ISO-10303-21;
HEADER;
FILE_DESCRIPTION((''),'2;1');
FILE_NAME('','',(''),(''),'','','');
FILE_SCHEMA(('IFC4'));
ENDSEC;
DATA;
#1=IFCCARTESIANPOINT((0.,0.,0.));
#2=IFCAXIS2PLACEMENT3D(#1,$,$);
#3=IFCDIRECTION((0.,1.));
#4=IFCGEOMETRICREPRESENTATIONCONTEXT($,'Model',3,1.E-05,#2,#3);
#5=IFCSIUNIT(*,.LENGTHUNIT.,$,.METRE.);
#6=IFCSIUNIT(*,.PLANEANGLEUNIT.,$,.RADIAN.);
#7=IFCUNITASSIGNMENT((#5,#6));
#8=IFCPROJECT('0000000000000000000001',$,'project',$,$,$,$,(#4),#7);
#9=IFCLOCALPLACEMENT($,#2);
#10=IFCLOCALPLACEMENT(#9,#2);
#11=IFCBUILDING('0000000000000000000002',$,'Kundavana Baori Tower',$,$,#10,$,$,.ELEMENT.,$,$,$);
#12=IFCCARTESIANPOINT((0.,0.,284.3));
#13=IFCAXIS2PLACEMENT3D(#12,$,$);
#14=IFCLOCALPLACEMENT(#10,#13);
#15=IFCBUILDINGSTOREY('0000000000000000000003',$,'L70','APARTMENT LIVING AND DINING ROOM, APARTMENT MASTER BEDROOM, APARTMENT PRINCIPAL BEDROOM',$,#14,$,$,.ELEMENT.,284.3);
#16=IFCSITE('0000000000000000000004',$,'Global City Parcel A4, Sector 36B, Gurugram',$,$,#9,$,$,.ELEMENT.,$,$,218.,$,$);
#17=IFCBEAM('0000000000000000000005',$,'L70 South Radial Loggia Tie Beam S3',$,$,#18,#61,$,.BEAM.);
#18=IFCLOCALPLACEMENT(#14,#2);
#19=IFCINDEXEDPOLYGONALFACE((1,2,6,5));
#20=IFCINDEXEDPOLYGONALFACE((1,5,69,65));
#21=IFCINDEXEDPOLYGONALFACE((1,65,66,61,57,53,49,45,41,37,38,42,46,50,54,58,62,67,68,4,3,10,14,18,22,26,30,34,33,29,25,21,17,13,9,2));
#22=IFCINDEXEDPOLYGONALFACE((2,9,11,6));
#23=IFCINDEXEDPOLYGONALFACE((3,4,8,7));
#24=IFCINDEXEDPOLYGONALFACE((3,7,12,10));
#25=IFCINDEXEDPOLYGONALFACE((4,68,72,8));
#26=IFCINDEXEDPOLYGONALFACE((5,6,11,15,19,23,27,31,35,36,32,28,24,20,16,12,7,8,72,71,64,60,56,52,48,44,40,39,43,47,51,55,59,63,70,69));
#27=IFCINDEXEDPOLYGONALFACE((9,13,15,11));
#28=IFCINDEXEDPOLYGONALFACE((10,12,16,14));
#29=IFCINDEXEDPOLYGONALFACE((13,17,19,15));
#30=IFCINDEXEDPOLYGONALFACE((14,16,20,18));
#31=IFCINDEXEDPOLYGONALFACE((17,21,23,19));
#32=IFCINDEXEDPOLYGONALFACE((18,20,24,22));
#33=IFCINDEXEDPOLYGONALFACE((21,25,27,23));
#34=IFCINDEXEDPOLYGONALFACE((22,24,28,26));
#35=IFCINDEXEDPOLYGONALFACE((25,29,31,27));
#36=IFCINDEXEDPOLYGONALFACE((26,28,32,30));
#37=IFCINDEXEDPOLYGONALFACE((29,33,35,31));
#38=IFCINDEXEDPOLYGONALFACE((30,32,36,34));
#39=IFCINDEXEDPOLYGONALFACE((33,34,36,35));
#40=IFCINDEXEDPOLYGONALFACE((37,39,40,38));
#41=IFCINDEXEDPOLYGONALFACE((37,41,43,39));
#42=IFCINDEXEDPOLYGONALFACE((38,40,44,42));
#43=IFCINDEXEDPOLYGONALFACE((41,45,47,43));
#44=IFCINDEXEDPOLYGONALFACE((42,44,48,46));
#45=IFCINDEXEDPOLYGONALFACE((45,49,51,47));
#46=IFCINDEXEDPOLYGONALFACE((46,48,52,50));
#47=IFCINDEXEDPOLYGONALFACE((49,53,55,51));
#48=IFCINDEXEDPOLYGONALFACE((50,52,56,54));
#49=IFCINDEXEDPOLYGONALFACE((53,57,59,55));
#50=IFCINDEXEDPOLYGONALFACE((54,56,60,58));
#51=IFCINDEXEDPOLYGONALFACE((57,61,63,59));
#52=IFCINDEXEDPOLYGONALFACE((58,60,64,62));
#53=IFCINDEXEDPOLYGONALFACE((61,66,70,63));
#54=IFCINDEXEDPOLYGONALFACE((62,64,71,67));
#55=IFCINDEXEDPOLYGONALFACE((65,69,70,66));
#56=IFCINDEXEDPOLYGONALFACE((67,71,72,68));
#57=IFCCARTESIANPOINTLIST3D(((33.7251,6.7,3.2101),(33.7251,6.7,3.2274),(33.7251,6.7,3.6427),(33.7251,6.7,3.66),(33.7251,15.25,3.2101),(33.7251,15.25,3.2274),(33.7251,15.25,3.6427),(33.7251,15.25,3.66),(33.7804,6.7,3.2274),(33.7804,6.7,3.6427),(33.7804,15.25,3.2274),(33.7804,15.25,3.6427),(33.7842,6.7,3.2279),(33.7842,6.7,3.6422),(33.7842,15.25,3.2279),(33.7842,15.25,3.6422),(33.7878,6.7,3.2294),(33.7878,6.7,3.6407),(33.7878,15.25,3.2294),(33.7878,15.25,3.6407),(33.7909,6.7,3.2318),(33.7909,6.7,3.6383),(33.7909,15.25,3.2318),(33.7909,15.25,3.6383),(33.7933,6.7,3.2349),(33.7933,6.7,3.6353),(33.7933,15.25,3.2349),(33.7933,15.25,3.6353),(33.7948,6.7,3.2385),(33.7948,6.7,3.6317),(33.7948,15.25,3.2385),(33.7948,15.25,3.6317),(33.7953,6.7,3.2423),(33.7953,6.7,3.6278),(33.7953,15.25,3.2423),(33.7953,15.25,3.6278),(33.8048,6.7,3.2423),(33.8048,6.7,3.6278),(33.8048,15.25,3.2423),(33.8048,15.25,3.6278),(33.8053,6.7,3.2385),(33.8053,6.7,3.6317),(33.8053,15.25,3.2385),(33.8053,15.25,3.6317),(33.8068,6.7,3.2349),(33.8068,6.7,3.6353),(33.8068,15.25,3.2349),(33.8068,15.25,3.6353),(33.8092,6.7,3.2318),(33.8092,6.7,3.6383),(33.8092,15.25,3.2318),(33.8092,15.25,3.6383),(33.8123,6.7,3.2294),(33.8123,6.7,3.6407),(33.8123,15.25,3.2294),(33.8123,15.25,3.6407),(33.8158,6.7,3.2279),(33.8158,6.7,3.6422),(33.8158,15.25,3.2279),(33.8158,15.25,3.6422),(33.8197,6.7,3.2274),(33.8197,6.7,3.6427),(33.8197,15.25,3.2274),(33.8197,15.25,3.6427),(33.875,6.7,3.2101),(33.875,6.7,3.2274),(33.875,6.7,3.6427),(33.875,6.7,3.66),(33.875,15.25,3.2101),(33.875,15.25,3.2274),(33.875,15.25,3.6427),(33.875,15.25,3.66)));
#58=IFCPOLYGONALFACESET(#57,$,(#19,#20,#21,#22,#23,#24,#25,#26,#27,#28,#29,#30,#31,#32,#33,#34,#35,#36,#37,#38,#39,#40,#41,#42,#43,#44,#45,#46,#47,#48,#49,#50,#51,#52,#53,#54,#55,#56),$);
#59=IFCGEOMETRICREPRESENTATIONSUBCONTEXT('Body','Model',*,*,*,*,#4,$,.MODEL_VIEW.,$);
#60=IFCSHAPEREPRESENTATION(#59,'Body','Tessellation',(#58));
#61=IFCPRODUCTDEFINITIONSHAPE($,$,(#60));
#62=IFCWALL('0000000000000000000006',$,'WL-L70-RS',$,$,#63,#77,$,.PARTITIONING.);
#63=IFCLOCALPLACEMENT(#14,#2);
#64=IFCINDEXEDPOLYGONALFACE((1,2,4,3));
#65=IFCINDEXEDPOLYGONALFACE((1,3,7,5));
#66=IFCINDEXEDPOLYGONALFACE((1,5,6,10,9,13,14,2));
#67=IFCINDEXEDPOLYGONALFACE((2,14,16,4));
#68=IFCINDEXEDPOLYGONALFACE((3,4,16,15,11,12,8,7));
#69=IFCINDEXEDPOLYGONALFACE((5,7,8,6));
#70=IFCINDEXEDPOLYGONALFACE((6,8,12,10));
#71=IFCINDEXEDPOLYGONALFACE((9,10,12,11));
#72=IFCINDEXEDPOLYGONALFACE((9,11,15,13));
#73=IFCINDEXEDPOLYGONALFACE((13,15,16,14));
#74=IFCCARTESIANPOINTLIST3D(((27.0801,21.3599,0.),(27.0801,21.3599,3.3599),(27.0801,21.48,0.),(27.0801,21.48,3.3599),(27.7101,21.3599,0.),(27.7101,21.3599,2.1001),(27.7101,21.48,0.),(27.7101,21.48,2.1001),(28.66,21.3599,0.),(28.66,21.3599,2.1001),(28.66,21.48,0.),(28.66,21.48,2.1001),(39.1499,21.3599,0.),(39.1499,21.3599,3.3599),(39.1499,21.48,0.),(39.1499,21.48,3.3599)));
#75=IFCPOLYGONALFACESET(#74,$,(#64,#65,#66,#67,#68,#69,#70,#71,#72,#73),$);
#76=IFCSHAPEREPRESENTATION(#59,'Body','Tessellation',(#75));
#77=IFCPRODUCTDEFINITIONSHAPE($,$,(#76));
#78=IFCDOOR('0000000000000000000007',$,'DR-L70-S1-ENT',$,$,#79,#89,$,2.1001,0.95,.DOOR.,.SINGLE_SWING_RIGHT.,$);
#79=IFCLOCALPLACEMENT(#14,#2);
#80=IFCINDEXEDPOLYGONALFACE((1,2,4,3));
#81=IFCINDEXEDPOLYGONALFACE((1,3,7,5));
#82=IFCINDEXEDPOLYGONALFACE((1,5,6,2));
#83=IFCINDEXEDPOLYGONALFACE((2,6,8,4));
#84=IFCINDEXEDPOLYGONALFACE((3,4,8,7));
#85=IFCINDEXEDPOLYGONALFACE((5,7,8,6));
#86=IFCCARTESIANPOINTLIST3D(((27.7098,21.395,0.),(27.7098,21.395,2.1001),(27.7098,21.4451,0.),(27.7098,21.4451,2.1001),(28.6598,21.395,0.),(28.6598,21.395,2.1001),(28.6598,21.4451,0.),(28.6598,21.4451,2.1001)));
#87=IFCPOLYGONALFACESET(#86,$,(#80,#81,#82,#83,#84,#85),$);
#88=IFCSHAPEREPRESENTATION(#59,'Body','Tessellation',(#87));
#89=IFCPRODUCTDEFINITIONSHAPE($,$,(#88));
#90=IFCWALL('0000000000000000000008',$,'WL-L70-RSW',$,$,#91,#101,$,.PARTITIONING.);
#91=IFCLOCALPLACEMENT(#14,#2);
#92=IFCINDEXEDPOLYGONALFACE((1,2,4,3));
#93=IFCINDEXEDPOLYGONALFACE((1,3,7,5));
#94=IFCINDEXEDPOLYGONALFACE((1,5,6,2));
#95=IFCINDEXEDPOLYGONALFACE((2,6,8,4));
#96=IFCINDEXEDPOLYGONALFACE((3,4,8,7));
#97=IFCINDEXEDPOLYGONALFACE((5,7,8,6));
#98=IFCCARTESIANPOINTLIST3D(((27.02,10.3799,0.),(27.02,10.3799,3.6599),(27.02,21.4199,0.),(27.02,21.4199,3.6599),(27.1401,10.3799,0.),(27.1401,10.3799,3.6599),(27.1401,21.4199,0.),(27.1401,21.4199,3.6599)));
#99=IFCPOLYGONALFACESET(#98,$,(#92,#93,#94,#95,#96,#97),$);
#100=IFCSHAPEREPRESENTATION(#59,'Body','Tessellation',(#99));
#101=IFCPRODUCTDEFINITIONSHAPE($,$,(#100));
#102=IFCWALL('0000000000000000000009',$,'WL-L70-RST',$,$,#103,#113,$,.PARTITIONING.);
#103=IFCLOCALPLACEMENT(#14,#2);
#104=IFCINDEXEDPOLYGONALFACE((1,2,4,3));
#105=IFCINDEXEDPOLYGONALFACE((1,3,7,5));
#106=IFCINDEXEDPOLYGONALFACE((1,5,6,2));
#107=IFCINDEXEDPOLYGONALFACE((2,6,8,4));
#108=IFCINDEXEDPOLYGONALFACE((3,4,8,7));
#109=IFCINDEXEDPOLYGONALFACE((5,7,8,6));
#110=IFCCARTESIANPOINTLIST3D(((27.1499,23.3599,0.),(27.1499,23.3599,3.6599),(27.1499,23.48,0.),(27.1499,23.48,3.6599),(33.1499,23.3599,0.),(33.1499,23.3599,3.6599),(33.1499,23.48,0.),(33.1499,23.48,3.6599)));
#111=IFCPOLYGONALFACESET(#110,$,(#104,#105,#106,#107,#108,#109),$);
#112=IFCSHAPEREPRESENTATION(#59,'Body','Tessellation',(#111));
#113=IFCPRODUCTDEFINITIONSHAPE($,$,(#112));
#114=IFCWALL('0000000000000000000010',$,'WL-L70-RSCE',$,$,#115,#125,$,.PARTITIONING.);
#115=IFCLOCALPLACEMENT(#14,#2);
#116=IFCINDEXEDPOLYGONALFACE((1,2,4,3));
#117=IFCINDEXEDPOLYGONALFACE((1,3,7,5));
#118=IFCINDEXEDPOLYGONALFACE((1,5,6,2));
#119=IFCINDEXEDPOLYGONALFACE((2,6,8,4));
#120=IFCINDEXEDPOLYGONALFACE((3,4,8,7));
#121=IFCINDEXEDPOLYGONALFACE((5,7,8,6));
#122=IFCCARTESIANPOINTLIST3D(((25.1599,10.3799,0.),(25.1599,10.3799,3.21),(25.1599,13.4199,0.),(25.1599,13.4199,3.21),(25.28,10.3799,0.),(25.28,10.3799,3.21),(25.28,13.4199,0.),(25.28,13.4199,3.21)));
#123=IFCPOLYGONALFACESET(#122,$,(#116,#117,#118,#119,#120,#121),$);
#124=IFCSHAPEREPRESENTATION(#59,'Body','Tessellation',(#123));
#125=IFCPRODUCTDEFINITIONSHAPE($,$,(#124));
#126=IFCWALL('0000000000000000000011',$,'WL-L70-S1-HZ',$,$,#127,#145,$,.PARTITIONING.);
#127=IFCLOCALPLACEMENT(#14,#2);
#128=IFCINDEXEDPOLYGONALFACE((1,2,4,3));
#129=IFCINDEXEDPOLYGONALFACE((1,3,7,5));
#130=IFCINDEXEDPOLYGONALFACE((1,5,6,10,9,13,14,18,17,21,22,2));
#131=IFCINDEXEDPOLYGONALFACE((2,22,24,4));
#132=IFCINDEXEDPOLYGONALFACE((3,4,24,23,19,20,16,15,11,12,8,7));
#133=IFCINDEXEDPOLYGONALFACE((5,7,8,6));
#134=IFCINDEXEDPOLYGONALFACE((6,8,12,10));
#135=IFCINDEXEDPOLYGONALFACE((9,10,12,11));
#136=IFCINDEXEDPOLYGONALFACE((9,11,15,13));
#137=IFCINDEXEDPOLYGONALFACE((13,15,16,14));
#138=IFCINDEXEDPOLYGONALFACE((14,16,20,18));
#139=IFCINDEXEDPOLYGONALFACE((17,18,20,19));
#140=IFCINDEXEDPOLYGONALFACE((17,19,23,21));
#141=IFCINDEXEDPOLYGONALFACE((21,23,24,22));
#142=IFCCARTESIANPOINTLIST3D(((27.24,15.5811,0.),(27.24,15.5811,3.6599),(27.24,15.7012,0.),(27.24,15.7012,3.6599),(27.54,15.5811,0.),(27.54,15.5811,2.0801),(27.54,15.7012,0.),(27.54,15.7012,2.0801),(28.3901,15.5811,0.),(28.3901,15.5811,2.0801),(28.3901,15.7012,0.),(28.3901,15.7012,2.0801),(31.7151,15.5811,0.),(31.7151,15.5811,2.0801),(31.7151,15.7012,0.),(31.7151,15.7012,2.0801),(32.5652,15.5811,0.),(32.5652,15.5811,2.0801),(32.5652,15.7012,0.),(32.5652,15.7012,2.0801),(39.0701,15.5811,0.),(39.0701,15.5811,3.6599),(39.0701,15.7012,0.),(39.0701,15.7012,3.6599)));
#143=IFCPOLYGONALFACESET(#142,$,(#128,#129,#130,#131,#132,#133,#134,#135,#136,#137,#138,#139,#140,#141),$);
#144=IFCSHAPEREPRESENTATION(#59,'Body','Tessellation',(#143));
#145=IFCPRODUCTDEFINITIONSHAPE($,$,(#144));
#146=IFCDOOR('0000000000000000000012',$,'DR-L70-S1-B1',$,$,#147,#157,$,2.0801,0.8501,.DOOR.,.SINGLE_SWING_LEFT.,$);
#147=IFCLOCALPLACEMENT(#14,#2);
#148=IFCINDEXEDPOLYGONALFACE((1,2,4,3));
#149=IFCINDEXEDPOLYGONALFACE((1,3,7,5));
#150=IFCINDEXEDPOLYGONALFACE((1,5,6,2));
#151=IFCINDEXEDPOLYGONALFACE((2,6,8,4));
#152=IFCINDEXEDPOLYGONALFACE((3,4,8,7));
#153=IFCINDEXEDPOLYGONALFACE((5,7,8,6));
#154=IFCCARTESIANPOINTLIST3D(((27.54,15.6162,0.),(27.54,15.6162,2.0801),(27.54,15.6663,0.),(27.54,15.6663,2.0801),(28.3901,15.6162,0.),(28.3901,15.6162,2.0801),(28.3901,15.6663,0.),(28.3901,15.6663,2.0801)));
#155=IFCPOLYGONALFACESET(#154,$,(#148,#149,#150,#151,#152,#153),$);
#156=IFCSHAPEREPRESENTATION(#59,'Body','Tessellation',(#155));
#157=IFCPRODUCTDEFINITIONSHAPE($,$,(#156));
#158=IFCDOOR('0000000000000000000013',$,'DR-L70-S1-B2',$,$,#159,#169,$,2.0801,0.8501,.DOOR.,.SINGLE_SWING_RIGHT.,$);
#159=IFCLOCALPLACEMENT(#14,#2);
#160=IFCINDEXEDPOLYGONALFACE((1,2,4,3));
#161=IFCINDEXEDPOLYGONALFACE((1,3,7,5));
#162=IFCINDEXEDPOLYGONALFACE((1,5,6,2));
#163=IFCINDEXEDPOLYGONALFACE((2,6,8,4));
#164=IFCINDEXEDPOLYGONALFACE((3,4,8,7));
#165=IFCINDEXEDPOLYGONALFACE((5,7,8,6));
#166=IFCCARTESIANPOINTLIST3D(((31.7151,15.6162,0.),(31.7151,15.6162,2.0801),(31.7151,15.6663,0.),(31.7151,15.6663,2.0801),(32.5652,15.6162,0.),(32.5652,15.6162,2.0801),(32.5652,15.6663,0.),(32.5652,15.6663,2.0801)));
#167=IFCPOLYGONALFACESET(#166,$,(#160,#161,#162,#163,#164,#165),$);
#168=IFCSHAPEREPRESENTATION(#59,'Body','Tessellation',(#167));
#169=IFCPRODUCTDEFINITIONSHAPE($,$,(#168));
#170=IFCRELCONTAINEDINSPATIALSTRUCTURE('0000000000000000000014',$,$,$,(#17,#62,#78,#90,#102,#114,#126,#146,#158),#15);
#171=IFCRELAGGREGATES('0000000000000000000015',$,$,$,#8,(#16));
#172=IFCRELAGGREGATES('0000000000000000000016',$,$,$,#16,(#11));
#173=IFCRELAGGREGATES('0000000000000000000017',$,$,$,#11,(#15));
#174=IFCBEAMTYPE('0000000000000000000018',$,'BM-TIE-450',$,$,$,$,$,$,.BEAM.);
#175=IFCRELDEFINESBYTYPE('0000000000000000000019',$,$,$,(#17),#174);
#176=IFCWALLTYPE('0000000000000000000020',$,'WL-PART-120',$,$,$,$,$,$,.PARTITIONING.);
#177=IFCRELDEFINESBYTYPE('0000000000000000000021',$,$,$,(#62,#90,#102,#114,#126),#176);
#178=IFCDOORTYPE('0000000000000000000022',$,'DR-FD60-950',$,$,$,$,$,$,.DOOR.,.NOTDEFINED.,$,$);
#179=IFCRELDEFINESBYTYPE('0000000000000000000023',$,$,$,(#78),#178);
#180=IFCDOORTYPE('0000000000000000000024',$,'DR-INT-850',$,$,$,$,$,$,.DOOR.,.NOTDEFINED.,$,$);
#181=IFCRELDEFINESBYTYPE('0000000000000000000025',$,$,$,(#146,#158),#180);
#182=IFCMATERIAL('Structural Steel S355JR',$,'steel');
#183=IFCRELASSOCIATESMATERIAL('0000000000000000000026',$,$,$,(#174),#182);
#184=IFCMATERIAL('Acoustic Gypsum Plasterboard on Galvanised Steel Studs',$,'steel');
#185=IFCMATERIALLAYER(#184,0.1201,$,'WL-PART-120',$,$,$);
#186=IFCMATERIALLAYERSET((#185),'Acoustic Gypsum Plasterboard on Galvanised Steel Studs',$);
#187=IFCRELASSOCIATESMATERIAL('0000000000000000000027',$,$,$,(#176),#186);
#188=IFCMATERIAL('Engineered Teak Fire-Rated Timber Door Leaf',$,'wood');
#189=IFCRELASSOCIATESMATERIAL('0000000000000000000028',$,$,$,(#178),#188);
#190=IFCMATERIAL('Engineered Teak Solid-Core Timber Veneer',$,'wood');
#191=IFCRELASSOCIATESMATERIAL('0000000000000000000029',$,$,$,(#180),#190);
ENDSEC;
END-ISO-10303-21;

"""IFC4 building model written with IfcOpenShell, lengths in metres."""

from ifc_helpers import new_model, si_unit, direction, frame, frame_2d, origin, origin_2d, place, context, subcontext, project, spatial, rectangle, i_section, extrude, material, layer, layer_set, material_profile, profile_set, type_object, element, fill, save


model = new_model("IFC4")

# Units and contexts
model_context = context("Model", 3, precision=1e-05, world=origin(), true_north=direction((0.0, 1.0)))
body_context = subcontext(model_context, "Body", "Model", "MODEL_VIEW")
ifc_project = project(units=[si_unit("LENGTHUNIT", "METRE"), si_unit("PLANEANGLEUNIT", "RADIAN")], contexts=[model_context])

# Site, building, storey
site_placement = place(None, origin())
site = spatial("IfcSite", under=ifc_project, at=site_placement, Name="Global City Parcel A4, Sector 36B, Gurugram", CompositionType="ELEMENT", RefElevation=218.0)
building_placement = place(site_placement, origin())
building = spatial("IfcBuilding", under=site, at=building_placement, Name="Kundavana Baori Tower", CompositionType="ELEMENT")
storey_placement = place(building_placement, frame((0.0, 0.0, 284.3)))
storey = spatial("IfcBuildingStorey", under=building, at=storey_placement, Name="L70", Description="APARTMENT LIVING AND DINING ROOM, APARTMENT MASTER BEDROOM, APARTMENT PRINCIPAL BEDROOM", CompositionType="ELEMENT", Elevation=284.3)

# Beam
ifc_material_1 = material(Name="Structural Steel S355JR", Category="steel")
ifc_material_profile_1 = material_profile(ifc_material_1, i_section(OverallWidth=0.1499, OverallDepth=0.45, WebThickness=0.0095, FlangeThickness=0.0173, FilletRadius=0.0149, at=origin_2d()), Name="ISMB 450")
ifc_profile_set_1 = profile_set([ifc_material_profile_1], Name="Structural Steel S355JR")
beam_type_1 = type_object("IfcBeamType", Name="BM-TIE-450", PredefinedType="BEAM", material=ifc_profile_set_1)
beam_1_placement = place(storey_placement, frame((33.8, 15.25, 3.4351), z_axis=(0.0, -1.0, 0.0), x_axis=(1.0, 0.0, 0.0)))
element("IfcBeam", 1, at=beam_1_placement, inside=storey, type_object=beam_type_1, Name="L70 South Radial Loggia Tie Beam S3", PredefinedType="BEAM", context=body_context, shape_type="SweptSolid", body=[
    extrude(i_section(OverallWidth=0.1499, OverallDepth=0.45, WebThickness=0.0095, FlangeThickness=0.0173, FilletRadius=0.0149, at=origin_2d()), origin(), (0.0, 0.0, 1.0), 8.55),
])

# Wall, opening, door
ifc_material_2 = material(Name="Acoustic Gypsum Plasterboard on Galvanised Steel Studs", Category="steel")
ifc_layer = layer(ifc_material_2, 0.1201, Name="WL-PART-120")
ifc_layer_set = layer_set([ifc_layer], Name="Acoustic Gypsum Plasterboard on Galvanised Steel Studs")
wall_type = type_object("IfcWallType", Name="WL-PART-120", PredefinedType="PARTITIONING", material=ifc_layer_set)
wall_1_placement = place(storey_placement, frame((27.0801, 21.4199, 0.0), z_axis=(0.0, 0.0, 1.0), x_axis=(1.0, 0.0, 0.0)))
wall_1 = element("IfcWall", 2, at=wall_1_placement, inside=storey, type_object=wall_type, Name="WL-L70-RS", PredefinedType="PARTITIONING", context=body_context, shape_type="SweptSolid", body=[
    extrude(rectangle(XDim=12.0698, YDim=0.1201, at=frame_2d((6.0349, 0.0))), origin(), (0.0, 0.0, 1.0), 3.3599),
])
opening_1_placement = place(wall_1_placement, frame((0.6299, 0.0, 0.0)))
opening_1 = element("IfcOpeningElement", 3, at=opening_1_placement, cuts=wall_1, PredefinedType="OPENING", context=body_context, shape_type="SweptSolid", body=[
    extrude(rectangle(XDim=0.95, YDim=2.1001, at=frame_2d((0.4751, 1.05))), frame((0.0, 0.0701, 0.0), z_axis=(0.0, -1.0, 0.0), x_axis=(1.0, 0.0, 0.0)), (0.0, 0.0, 1.0), 0.1401),
])
ifc_material_3 = material(Name="Engineered Teak Fire-Rated Timber Door Leaf", Category="wood")
door_type_1 = type_object("IfcDoorType", Name="DR-FD60-950", OperationType="NOTDEFINED", PredefinedType="DOOR", material=ifc_material_3)
door_1_placement = place(opening_1_placement, frame((0.95, 0.0, 0.0), z_axis=(0.0, 0.0, 1.0), x_axis=(-1.0, 0.0, 0.0)))
door_1 = element("IfcDoor", 4, at=door_1_placement, inside=storey, type_object=door_type_1, Name="DR-L70-S1-ENT", OperationType="SINGLE_SWING_RIGHT", OverallHeight=2.1001, OverallWidth=0.95, PredefinedType="DOOR", context=body_context, shape_type="SweptSolid", body=[
    extrude(rectangle(XDim=0.95, YDim=2.1001, at=frame_2d((0.4751, 1.05))), frame((0.0, 0.0249, 0.0), z_axis=(0.0, -1.0, 0.0), x_axis=(1.0, 0.0, 0.0)), (0.0, 0.0, 1.0), 0.05),
])
fill(opening_1, door_1)

# Walls
wall_2_placement = place(storey_placement, frame((27.0801, 10.3799, 0.0), z_axis=(0.0, 0.0, 1.0), x_axis=(0.0, 1.0, 0.0)))
element("IfcWall", 5, at=wall_2_placement, inside=storey, type_object=wall_type, Name="WL-L70-RSW", PredefinedType="PARTITIONING", context=body_context, shape_type="SweptSolid", body=[
    extrude(rectangle(XDim=11.04, YDim=0.1201, at=frame_2d((5.52, 0.0))), origin(), (0.0, 0.0, 1.0), 3.6599),
])
wall_3_placement = place(storey_placement, frame((27.1499, 23.4199, 0.0), z_axis=(0.0, 0.0, 1.0), x_axis=(1.0, 0.0, 0.0)))
element("IfcWall", 6, at=wall_3_placement, inside=storey, type_object=wall_type, Name="WL-L70-RST", PredefinedType="PARTITIONING", context=body_context, shape_type="SweptSolid", body=[
    extrude(rectangle(XDim=6.0, YDim=0.1201, at=frame_2d((3.0, 0.0))), origin(), (0.0, 0.0, 1.0), 3.6599),
])
wall_4_placement = place(storey_placement, frame((25.22, 10.3799, 0.0), z_axis=(0.0, 0.0, 1.0), x_axis=(0.0, 1.0, 0.0)))
element("IfcWall", 7, at=wall_4_placement, inside=storey, type_object=wall_type, Name="WL-L70-RSCE", PredefinedType="PARTITIONING", context=body_context, shape_type="SweptSolid", body=[
    extrude(rectangle(XDim=3.04, YDim=0.1201, at=frame_2d((1.52, 0.0))), origin(), (0.0, 0.0, 1.0), 3.21),
])

# Wall, openings, doors
wall_5_placement = place(storey_placement, frame((27.24, 15.6411, 0.0), z_axis=(0.0, 0.0, 1.0), x_axis=(1.0, 0.0, 0.0)))
wall_5 = element("IfcWall", 8, at=wall_5_placement, inside=storey, type_object=wall_type, Name="WL-L70-S1-HZ", PredefinedType="PARTITIONING", context=body_context, shape_type="SweptSolid", body=[
    extrude(rectangle(XDim=11.8301, YDim=0.1201, at=frame_2d((5.915, 0.0))), origin(), (0.0, 0.0, 1.0), 3.6599),
])
opening_2_placement = place(wall_5_placement, frame((0.3, 0.0, 0.0)))
opening_2 = element("IfcOpeningElement", 9, at=opening_2_placement, cuts=wall_5, PredefinedType="OPENING", context=body_context, shape_type="SweptSolid", body=[
    extrude(rectangle(XDim=0.8501, YDim=2.0801, at=frame_2d((0.425, 1.04))), frame((0.0, 0.0701, 0.0), z_axis=(0.0, -1.0, 0.0), x_axis=(1.0, 0.0, 0.0)), (0.0, 0.0, 1.0), 0.1401),
])
opening_3_placement = place(wall_5_placement, frame((4.4751, 0.0, 0.0)))
opening_3 = element("IfcOpeningElement", 10, at=opening_3_placement, cuts=wall_5, PredefinedType="OPENING", context=body_context, shape_type="SweptSolid", body=[
    extrude(rectangle(XDim=0.8501, YDim=2.0801, at=frame_2d((0.425, 1.04))), frame((0.0, 0.0701, 0.0), z_axis=(0.0, -1.0, 0.0), x_axis=(1.0, 0.0, 0.0)), (0.0, 0.0, 1.0), 0.1401),
])
ifc_material_4 = material(Name="Engineered Teak Solid-Core Timber Veneer", Category="wood")
door_type_2 = type_object("IfcDoorType", Name="DR-INT-850", OperationType="NOTDEFINED", PredefinedType="DOOR", material=ifc_material_4)
door_2_placement = place(opening_2_placement, frame((0.8501, 0.0, 0.0), z_axis=(0.0, 0.0, 1.0), x_axis=(-1.0, 0.0, 0.0)))
door_2 = element("IfcDoor", 11, at=door_2_placement, inside=storey, type_object=door_type_2, Name="DR-L70-S1-B1", OperationType="SINGLE_SWING_LEFT", OverallHeight=2.0801, OverallWidth=0.8501, PredefinedType="DOOR", context=body_context, shape_type="SweptSolid", body=[
    extrude(rectangle(XDim=0.8501, YDim=2.0801, at=frame_2d((0.425, 1.04))), frame((0.0, 0.0249, 0.0), z_axis=(0.0, -1.0, 0.0), x_axis=(1.0, 0.0, 0.0)), (0.0, 0.0, 1.0), 0.05),
])
fill(opening_2, door_2)
door_3_placement = place(opening_3_placement, frame((0.8501, 0.0, 0.0), z_axis=(0.0, 0.0, 1.0), x_axis=(-1.0, 0.0, 0.0)))
door_3 = element("IfcDoor", 12, at=door_3_placement, inside=storey, type_object=door_type_2, Name="DR-L70-S1-B2", OperationType="SINGLE_SWING_RIGHT", OverallHeight=2.0801, OverallWidth=0.8501, PredefinedType="DOOR", context=body_context, shape_type="SweptSolid", body=[
    extrude(rectangle(XDim=0.8501, YDim=2.0801, at=frame_2d((0.425, 1.04))), frame((0.0, 0.0249, 0.0), z_axis=(0.0, -1.0, 0.0), x_axis=(1.0, 0.0, 0.0)), (0.0, 0.0, 1.0), 0.05),
])
fill(opening_3, door_3)

save(model, "model.ifc")
